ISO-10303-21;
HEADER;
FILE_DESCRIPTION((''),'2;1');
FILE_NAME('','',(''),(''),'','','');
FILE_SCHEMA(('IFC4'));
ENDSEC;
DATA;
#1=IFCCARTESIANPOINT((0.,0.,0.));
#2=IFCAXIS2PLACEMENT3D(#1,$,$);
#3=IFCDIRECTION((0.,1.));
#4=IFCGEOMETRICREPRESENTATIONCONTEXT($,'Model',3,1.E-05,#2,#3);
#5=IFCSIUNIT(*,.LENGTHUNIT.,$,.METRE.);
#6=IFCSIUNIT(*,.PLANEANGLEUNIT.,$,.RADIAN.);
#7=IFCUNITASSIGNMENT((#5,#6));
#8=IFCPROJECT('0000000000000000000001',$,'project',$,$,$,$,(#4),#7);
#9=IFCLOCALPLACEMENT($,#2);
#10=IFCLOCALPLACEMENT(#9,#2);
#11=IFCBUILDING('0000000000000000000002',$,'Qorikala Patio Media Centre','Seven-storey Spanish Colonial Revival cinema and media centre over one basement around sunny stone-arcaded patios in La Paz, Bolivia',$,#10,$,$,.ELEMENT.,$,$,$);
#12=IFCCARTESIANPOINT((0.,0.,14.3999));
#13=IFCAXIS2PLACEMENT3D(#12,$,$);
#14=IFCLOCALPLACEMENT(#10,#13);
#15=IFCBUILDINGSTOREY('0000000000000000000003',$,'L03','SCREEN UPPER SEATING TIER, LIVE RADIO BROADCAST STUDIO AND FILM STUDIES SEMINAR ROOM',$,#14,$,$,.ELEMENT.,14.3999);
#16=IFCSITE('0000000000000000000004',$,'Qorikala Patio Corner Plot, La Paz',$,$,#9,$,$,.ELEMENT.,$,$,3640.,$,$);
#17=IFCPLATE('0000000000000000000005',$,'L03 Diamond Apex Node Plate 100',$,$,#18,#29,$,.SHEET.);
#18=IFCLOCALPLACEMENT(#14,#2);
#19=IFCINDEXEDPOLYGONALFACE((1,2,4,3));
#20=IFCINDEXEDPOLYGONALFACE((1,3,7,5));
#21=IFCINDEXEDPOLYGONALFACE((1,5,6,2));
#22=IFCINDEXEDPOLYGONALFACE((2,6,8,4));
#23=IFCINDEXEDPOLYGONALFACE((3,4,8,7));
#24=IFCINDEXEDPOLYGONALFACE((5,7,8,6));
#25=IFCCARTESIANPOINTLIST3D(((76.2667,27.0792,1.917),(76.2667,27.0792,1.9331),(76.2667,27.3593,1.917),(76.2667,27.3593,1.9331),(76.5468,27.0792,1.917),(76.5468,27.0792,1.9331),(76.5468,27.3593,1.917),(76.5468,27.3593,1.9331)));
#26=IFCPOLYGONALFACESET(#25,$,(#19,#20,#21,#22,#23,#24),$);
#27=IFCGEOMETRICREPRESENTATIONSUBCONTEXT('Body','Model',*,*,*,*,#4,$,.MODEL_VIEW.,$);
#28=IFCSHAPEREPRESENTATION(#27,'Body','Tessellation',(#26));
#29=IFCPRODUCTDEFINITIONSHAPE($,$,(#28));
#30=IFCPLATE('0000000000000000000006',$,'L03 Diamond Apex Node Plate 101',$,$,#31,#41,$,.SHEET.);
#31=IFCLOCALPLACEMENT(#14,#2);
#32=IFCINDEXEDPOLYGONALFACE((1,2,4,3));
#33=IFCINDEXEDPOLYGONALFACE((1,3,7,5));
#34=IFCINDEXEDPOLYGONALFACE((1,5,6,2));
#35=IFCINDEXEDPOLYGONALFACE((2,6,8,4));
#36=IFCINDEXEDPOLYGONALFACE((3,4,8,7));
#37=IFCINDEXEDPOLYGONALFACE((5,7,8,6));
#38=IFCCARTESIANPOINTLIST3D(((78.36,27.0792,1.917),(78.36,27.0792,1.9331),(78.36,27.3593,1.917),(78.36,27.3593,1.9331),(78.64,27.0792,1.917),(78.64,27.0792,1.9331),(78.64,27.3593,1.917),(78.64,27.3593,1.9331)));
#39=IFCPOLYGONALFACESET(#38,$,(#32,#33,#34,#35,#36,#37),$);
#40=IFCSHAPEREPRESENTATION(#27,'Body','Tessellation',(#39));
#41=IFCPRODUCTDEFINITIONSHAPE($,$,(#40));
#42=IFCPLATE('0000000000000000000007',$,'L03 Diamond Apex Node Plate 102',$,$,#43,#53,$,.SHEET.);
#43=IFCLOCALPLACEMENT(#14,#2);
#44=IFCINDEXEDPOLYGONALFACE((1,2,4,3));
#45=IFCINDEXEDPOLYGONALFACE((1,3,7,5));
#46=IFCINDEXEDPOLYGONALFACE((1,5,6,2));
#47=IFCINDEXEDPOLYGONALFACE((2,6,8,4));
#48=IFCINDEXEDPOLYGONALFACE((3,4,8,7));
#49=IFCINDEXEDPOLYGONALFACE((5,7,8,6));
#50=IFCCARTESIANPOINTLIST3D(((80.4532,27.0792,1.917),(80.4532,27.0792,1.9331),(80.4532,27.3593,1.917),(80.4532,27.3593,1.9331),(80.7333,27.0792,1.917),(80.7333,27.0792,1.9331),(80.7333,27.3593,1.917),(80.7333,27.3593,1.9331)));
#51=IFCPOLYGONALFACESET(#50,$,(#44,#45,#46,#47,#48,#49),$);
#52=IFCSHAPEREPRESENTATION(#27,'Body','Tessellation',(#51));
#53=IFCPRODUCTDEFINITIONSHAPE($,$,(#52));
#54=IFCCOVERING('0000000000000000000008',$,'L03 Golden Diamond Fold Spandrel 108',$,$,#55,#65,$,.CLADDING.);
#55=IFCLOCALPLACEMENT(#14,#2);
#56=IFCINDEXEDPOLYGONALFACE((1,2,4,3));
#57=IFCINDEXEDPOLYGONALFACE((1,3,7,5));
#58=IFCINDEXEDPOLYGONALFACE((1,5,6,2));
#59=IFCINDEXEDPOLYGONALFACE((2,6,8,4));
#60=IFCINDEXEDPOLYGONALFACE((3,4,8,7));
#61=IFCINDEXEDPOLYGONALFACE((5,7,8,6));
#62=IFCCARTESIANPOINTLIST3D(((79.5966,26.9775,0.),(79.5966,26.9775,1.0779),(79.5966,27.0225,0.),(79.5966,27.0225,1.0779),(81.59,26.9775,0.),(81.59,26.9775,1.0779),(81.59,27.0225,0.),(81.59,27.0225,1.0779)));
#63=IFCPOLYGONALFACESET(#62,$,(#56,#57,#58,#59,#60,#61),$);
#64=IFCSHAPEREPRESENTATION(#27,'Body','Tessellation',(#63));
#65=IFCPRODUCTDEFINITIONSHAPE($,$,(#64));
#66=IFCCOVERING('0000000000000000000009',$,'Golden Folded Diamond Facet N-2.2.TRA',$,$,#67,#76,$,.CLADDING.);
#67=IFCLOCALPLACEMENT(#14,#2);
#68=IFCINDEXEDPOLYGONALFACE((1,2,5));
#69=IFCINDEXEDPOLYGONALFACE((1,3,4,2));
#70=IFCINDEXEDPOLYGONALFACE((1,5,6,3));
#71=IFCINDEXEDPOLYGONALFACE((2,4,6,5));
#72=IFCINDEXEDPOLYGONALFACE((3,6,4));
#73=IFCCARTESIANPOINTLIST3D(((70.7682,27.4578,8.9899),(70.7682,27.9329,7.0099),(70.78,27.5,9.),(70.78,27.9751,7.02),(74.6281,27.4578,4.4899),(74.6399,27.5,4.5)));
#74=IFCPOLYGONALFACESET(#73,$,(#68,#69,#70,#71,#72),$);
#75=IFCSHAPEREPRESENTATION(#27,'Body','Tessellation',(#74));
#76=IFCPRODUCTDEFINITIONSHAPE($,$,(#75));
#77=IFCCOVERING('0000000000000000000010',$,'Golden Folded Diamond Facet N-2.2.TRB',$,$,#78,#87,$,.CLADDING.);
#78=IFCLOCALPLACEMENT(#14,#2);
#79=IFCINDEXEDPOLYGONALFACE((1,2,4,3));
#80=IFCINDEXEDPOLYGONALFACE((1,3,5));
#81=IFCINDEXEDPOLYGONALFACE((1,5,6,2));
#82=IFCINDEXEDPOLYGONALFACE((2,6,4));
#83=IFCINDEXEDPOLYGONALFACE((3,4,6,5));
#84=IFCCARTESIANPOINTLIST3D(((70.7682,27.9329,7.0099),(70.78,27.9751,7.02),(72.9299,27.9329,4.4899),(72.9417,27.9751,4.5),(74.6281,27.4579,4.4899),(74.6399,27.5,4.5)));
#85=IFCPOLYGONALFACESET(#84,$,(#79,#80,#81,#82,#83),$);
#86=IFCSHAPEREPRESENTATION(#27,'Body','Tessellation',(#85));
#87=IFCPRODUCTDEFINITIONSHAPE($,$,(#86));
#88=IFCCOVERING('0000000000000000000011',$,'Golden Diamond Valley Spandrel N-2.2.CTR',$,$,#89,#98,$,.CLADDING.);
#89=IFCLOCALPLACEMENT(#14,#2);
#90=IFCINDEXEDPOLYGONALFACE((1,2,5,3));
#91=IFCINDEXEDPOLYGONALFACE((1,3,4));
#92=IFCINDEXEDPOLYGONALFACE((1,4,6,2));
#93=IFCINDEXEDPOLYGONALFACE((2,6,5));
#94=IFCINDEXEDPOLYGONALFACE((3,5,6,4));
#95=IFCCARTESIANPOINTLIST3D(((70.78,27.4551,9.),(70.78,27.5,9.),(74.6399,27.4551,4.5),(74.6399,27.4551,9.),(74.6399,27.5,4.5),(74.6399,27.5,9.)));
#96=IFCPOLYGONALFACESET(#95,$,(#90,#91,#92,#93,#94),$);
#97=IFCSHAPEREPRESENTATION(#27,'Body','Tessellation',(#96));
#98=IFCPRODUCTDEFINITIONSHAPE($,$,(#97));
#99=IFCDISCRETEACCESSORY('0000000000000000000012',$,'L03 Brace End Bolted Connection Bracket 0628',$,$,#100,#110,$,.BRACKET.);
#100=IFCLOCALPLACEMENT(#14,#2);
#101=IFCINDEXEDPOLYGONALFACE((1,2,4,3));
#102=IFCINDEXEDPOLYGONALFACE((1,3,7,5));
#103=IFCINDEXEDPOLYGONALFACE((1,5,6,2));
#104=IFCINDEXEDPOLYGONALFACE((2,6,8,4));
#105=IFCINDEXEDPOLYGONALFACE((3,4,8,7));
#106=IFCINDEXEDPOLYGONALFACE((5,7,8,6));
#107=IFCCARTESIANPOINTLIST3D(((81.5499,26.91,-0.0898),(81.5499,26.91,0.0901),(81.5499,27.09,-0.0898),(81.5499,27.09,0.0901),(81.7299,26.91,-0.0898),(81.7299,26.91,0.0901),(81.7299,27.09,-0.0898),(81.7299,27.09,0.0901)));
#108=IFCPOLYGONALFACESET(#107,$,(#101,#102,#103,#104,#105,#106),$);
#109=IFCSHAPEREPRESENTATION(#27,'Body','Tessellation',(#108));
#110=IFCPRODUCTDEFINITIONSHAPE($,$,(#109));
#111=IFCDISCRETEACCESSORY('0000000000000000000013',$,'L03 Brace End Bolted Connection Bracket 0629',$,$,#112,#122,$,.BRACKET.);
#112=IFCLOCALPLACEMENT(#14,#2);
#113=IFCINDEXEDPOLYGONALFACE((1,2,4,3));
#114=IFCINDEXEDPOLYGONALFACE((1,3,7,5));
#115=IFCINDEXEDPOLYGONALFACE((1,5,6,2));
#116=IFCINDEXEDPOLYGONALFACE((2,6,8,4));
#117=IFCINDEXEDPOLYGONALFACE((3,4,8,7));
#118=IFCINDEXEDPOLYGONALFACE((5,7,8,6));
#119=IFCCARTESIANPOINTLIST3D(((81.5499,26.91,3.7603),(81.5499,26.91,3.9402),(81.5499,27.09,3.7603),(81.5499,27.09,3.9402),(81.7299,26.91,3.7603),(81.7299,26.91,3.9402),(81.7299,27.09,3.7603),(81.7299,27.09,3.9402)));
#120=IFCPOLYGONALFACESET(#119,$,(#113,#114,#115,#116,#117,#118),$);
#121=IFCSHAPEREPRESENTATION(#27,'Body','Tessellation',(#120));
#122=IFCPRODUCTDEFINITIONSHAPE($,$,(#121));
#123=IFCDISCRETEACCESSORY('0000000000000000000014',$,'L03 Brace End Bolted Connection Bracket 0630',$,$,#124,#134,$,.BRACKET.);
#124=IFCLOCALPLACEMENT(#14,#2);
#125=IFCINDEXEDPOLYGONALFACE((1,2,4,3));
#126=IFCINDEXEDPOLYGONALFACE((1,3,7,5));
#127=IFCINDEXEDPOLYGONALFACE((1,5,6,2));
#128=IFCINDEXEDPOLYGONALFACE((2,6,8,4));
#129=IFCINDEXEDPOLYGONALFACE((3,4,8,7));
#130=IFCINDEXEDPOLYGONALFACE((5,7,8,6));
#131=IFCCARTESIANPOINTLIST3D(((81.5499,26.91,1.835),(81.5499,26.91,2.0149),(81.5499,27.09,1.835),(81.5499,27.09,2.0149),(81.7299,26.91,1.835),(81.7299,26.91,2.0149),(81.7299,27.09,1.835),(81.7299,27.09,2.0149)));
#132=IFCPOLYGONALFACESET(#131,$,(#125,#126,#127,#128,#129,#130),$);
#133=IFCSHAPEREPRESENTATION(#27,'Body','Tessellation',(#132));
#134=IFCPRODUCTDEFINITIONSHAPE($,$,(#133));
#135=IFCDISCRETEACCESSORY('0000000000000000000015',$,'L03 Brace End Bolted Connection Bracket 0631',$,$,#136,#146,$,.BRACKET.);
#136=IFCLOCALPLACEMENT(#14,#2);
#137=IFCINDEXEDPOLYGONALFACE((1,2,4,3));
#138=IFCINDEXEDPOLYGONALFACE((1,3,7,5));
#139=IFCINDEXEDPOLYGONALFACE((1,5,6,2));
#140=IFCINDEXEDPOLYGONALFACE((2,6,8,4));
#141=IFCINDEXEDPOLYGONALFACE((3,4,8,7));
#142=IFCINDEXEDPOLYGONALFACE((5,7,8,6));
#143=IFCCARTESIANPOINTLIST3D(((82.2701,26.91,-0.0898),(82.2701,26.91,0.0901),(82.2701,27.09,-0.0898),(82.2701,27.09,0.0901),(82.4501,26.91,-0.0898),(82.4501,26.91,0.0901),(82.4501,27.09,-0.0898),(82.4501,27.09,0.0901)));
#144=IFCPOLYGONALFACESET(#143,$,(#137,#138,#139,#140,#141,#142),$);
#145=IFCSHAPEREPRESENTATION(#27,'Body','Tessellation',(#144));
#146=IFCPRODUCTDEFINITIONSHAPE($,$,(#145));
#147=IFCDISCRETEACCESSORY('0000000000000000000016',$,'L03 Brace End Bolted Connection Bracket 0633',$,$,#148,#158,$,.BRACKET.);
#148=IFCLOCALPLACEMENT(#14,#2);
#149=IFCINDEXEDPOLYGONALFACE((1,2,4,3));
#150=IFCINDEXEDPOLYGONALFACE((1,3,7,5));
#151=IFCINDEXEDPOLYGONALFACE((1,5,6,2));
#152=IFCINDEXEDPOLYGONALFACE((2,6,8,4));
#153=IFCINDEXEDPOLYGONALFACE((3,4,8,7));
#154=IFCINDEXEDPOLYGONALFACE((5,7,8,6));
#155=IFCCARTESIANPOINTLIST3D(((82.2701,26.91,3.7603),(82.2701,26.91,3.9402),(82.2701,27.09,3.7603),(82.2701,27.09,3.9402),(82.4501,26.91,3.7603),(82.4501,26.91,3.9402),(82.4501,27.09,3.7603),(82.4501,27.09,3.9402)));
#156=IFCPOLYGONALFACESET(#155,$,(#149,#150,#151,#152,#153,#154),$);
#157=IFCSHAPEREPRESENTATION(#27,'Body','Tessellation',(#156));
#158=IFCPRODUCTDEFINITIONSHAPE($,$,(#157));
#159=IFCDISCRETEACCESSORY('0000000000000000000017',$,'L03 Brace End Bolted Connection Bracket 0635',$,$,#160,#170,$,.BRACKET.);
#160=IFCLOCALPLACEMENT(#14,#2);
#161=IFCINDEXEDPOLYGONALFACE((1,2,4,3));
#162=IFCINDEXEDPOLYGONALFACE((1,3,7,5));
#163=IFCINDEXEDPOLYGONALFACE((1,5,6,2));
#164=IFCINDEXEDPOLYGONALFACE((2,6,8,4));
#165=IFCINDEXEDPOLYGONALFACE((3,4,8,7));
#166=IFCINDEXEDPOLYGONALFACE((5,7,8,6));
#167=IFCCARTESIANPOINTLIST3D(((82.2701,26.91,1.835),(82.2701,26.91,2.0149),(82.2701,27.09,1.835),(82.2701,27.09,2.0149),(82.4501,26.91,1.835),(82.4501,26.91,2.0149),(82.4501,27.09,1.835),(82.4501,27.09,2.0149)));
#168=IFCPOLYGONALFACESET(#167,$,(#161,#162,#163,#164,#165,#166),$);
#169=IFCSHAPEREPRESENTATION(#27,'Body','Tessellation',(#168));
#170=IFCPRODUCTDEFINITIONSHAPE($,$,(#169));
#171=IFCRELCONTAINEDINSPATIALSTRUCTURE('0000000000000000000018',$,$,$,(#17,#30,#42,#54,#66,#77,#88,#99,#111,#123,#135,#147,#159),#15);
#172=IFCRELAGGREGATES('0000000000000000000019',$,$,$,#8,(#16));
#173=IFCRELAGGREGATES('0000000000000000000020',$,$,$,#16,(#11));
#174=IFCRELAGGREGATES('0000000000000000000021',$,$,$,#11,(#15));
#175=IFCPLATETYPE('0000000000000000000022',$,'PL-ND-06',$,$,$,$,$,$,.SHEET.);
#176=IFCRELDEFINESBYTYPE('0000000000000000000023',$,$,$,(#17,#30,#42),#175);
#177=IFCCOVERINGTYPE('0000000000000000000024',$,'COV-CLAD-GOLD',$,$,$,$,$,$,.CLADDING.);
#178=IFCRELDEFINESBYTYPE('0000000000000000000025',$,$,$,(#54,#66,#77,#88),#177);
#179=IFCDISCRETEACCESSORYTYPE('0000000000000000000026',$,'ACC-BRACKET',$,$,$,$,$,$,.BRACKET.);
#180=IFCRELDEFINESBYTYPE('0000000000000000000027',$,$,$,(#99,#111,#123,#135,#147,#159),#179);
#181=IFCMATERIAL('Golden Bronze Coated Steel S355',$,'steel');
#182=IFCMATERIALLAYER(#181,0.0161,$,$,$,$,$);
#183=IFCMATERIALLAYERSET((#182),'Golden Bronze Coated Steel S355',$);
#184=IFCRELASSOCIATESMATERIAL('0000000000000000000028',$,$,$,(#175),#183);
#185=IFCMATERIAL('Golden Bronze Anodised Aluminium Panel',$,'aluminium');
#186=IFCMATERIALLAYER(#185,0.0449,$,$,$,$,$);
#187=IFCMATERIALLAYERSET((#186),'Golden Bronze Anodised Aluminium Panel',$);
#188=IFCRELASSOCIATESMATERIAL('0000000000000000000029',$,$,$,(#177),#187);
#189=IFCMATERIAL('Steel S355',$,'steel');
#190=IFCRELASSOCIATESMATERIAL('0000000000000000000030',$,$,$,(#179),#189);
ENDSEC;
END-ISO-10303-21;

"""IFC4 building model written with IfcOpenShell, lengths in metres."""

from ifc_helpers import new_model, si_unit, direction, frame, origin, origin_2d, place, context, subcontext, project, spatial, polyline, rectangle, outline, extrude, material, layer, layer_set, type_object, element, save


model = new_model("IFC4")

# Units and contexts
model_context = context("Model", 3, precision=1e-05, world=origin(), true_north=direction((0.0, 1.0)))
body_context = subcontext(model_context, "Body", "Model", "MODEL_VIEW")
ifc_project = project(units=[si_unit("LENGTHUNIT", "METRE"), si_unit("PLANEANGLEUNIT", "RADIAN")], contexts=[model_context])

# Site, building, storey
site_placement = place(None, origin())
site = spatial("IfcSite", under=ifc_project, at=site_placement, Name="Qorikala Patio Corner Plot, La Paz", CompositionType="ELEMENT", RefElevation=3640.0)
building_placement = place(site_placement, origin())
building = spatial("IfcBuilding", under=site, at=building_placement, Name="Qorikala Patio Media Centre", Description="Seven-storey Spanish Colonial Revival cinema and media centre over one basement around sunny stone-arcaded patios in La Paz, Bolivia", CompositionType="ELEMENT")
storey_placement = place(building_placement, frame((0.0, 0.0, 14.3999)))
storey = spatial("IfcBuildingStorey", under=building, at=storey_placement, Name="L03", Description="SCREEN UPPER SEATING TIER, LIVE RADIO BROADCAST STUDIO AND FILM STUDIES SEMINAR ROOM", CompositionType="ELEMENT", Elevation=14.3999)

# Shared definitions
ifc_material_1 = material(Name="Golden Bronze Coated Steel S355", Category="steel")

# Plates
ifc_layer_1 = layer(ifc_material_1, 0.0161)
ifc_layer_set_1 = layer_set([ifc_layer_1], Name="Golden Bronze Coated Steel S355")
plate_type = type_object("IfcPlateType", Name="PL-ND-06", PredefinedType="SHEET", material=ifc_layer_set_1)
for number, where, z_axis, x_axis, name in (
    (1, (76.4067, 27.2192, 1.917), (0.0, 0.0, 1.0), (1.0, 0.0, 0.0), "L03 Diamond Apex Node Plate 100"),
    (2, (78.5, 27.2192, 1.917), (0.0, 0.0, 1.0), (1.0, 0.0, 0.0), "L03 Diamond Apex Node Plate 101"),
    (3, (80.5933, 27.2192, 1.917), (0.0, 0.0, 1.0), (1.0, 0.0, 0.0), "L03 Diamond Apex Node Plate 102"),
):
    element("IfcPlate", number, at=place(storey_placement, frame(where, z_axis=z_axis, x_axis=x_axis)), inside=storey, type_object=plate_type, Name=name, PredefinedType="SHEET", context=body_context, shape_type="SweptSolid", body=[
        extrude(rectangle(XDim=0.28, YDim=0.28, at=origin_2d()), origin(), (0.0, 0.0, 1.0), 0.0161),
    ])

# Coverings
ifc_material_2 = material(Name="Golden Bronze Anodised Aluminium Panel", Category="aluminium")
ifc_layer_2 = layer(ifc_material_2, 0.0449)
ifc_layer_set_2 = layer_set([ifc_layer_2], Name="Golden Bronze Anodised Aluminium Panel")
covering_type = type_object("IfcCoveringType", Name="COV-CLAD-GOLD", PredefinedType="CLADDING", material=ifc_layer_set_2)
covering_1_placement = place(storey_placement, frame((80.5933, 27.0, 0.0), z_axis=(0.0, 0.0, 1.0), x_axis=(1.0, 0.0, 0.0)))
element("IfcCovering", 4, at=covering_1_placement, inside=storey, type_object=covering_type, Name="L03 Golden Diamond Fold Spandrel 108", PredefinedType="CLADDING", context=body_context, shape_type="SweptSolid", body=[
    extrude(rectangle(XDim=1.9934, YDim=0.0449, at=origin_2d()), origin(), (0.0, 0.0, 1.0), 1.0779),
])
covering_2_placement = place(storey_placement, frame((74.6399, 27.5, 4.5), z_axis=(0.262485, 0.938302, 0.225146), x_axis=(-0.651056, 0.0, 0.75903)))
element("IfcCovering", 5, at=covering_2_placement, inside=storey, type_object=covering_type, Name="Golden Folded Diamond Facet N-2.2.TRA", PredefinedType="CLADDING", context=body_context, shape_type="SweptSolid", body=[
    extrude(outline(polyline([(0.0, 0.0), (5.9286, 0.0), (4.4258, -1.3738), (0.0, 0.0)])), origin(), (0.0, 0.0, -1.0), 0.0449),
])
covering_3_placement = place(storey_placement, frame((74.6399, 27.5, 4.5), z_axis=(0.262496, 0.938295, 0.225164), x_axis=(-0.832929, 0.102522, 0.543801)))
element("IfcCovering", 6, at=covering_3_placement, inside=storey, type_object=covering_type, Name="Golden Folded Diamond Facet N-2.2.TRB", PredefinedType="CLADDING", context=body_context, shape_type="SweptSolid", body=[
    extrude(outline(polyline([(0.0, 0.0), (4.6341, 0.0), (1.4632, -0.9842), (0.0, 0.0)])), origin(), (0.0, 0.0, -1.0), 0.0449),
])
covering_4_placement = place(storey_placement, frame((74.6399, 27.5, 9.0), z_axis=(0.0, 1.0, 0.0), x_axis=(0.0, 0.0, -1.0)))
element("IfcCovering", 7, at=covering_4_placement, inside=storey, type_object=covering_type, Name="Golden Diamond Valley Spandrel N-2.2.CTR", PredefinedType="CLADDING", context=body_context, shape_type="SweptSolid", body=[
    extrude(outline(polyline([(0.0, 0.0), (4.5, 0.0), (0.0, 3.8599), (0.0, 0.0)])), origin(), (0.0, 0.0, -1.0), 0.0449),
])

# Discrete accessories
ifc_material_3 = material(Name="Steel S355", Category="steel")
discrete_accessory_type = type_object("IfcDiscreteAccessoryType", Name="ACC-BRACKET", PredefinedType="BRACKET", material=ifc_material_3)
for number, where, z_axis, x_axis, name in (
    (8, (81.6399, 27.0, -0.0898), (0.0, 0.0, 1.0), (1.0, 0.0, 0.0), "L03 Brace End Bolted Connection Bracket 0628"),
    (9, (81.6399, 27.0, 3.7603), (0.0, 0.0, 1.0), (1.0, 0.0, 0.0), "L03 Brace End Bolted Connection Bracket 0629"),
    (10, (81.6399, 27.0, 1.835), (0.0, 0.0, 1.0), (1.0, 0.0, 0.0), "L03 Brace End Bolted Connection Bracket 0630"),
    (11, (82.3601, 27.0, -0.0898), (0.0, 0.0, 1.0), (1.0, 0.0, 0.0), "L03 Brace End Bolted Connection Bracket 0631"),
    (12, (82.3601, 27.0, 3.7603), (0.0, 0.0, 1.0), (1.0, 0.0, 0.0), "L03 Brace End Bolted Connection Bracket 0633"),
    (13, (82.3601, 27.0, 1.835), (0.0, 0.0, 1.0), (1.0, 0.0, 0.0), "L03 Brace End Bolted Connection Bracket 0635"),
):
    element("IfcDiscreteAccessory", number, at=place(storey_placement, frame(where, z_axis=z_axis, x_axis=x_axis)), inside=storey, type_object=discrete_accessory_type, Name=name, PredefinedType="BRACKET", context=body_context, shape_type="SweptSolid", body=[
        extrude(rectangle(XDim=0.1799, YDim=0.1799, at=origin_2d()), origin(), (0.0, 0.0, 1.0), 0.1799),
    ])

save(model, "model.ifc")
